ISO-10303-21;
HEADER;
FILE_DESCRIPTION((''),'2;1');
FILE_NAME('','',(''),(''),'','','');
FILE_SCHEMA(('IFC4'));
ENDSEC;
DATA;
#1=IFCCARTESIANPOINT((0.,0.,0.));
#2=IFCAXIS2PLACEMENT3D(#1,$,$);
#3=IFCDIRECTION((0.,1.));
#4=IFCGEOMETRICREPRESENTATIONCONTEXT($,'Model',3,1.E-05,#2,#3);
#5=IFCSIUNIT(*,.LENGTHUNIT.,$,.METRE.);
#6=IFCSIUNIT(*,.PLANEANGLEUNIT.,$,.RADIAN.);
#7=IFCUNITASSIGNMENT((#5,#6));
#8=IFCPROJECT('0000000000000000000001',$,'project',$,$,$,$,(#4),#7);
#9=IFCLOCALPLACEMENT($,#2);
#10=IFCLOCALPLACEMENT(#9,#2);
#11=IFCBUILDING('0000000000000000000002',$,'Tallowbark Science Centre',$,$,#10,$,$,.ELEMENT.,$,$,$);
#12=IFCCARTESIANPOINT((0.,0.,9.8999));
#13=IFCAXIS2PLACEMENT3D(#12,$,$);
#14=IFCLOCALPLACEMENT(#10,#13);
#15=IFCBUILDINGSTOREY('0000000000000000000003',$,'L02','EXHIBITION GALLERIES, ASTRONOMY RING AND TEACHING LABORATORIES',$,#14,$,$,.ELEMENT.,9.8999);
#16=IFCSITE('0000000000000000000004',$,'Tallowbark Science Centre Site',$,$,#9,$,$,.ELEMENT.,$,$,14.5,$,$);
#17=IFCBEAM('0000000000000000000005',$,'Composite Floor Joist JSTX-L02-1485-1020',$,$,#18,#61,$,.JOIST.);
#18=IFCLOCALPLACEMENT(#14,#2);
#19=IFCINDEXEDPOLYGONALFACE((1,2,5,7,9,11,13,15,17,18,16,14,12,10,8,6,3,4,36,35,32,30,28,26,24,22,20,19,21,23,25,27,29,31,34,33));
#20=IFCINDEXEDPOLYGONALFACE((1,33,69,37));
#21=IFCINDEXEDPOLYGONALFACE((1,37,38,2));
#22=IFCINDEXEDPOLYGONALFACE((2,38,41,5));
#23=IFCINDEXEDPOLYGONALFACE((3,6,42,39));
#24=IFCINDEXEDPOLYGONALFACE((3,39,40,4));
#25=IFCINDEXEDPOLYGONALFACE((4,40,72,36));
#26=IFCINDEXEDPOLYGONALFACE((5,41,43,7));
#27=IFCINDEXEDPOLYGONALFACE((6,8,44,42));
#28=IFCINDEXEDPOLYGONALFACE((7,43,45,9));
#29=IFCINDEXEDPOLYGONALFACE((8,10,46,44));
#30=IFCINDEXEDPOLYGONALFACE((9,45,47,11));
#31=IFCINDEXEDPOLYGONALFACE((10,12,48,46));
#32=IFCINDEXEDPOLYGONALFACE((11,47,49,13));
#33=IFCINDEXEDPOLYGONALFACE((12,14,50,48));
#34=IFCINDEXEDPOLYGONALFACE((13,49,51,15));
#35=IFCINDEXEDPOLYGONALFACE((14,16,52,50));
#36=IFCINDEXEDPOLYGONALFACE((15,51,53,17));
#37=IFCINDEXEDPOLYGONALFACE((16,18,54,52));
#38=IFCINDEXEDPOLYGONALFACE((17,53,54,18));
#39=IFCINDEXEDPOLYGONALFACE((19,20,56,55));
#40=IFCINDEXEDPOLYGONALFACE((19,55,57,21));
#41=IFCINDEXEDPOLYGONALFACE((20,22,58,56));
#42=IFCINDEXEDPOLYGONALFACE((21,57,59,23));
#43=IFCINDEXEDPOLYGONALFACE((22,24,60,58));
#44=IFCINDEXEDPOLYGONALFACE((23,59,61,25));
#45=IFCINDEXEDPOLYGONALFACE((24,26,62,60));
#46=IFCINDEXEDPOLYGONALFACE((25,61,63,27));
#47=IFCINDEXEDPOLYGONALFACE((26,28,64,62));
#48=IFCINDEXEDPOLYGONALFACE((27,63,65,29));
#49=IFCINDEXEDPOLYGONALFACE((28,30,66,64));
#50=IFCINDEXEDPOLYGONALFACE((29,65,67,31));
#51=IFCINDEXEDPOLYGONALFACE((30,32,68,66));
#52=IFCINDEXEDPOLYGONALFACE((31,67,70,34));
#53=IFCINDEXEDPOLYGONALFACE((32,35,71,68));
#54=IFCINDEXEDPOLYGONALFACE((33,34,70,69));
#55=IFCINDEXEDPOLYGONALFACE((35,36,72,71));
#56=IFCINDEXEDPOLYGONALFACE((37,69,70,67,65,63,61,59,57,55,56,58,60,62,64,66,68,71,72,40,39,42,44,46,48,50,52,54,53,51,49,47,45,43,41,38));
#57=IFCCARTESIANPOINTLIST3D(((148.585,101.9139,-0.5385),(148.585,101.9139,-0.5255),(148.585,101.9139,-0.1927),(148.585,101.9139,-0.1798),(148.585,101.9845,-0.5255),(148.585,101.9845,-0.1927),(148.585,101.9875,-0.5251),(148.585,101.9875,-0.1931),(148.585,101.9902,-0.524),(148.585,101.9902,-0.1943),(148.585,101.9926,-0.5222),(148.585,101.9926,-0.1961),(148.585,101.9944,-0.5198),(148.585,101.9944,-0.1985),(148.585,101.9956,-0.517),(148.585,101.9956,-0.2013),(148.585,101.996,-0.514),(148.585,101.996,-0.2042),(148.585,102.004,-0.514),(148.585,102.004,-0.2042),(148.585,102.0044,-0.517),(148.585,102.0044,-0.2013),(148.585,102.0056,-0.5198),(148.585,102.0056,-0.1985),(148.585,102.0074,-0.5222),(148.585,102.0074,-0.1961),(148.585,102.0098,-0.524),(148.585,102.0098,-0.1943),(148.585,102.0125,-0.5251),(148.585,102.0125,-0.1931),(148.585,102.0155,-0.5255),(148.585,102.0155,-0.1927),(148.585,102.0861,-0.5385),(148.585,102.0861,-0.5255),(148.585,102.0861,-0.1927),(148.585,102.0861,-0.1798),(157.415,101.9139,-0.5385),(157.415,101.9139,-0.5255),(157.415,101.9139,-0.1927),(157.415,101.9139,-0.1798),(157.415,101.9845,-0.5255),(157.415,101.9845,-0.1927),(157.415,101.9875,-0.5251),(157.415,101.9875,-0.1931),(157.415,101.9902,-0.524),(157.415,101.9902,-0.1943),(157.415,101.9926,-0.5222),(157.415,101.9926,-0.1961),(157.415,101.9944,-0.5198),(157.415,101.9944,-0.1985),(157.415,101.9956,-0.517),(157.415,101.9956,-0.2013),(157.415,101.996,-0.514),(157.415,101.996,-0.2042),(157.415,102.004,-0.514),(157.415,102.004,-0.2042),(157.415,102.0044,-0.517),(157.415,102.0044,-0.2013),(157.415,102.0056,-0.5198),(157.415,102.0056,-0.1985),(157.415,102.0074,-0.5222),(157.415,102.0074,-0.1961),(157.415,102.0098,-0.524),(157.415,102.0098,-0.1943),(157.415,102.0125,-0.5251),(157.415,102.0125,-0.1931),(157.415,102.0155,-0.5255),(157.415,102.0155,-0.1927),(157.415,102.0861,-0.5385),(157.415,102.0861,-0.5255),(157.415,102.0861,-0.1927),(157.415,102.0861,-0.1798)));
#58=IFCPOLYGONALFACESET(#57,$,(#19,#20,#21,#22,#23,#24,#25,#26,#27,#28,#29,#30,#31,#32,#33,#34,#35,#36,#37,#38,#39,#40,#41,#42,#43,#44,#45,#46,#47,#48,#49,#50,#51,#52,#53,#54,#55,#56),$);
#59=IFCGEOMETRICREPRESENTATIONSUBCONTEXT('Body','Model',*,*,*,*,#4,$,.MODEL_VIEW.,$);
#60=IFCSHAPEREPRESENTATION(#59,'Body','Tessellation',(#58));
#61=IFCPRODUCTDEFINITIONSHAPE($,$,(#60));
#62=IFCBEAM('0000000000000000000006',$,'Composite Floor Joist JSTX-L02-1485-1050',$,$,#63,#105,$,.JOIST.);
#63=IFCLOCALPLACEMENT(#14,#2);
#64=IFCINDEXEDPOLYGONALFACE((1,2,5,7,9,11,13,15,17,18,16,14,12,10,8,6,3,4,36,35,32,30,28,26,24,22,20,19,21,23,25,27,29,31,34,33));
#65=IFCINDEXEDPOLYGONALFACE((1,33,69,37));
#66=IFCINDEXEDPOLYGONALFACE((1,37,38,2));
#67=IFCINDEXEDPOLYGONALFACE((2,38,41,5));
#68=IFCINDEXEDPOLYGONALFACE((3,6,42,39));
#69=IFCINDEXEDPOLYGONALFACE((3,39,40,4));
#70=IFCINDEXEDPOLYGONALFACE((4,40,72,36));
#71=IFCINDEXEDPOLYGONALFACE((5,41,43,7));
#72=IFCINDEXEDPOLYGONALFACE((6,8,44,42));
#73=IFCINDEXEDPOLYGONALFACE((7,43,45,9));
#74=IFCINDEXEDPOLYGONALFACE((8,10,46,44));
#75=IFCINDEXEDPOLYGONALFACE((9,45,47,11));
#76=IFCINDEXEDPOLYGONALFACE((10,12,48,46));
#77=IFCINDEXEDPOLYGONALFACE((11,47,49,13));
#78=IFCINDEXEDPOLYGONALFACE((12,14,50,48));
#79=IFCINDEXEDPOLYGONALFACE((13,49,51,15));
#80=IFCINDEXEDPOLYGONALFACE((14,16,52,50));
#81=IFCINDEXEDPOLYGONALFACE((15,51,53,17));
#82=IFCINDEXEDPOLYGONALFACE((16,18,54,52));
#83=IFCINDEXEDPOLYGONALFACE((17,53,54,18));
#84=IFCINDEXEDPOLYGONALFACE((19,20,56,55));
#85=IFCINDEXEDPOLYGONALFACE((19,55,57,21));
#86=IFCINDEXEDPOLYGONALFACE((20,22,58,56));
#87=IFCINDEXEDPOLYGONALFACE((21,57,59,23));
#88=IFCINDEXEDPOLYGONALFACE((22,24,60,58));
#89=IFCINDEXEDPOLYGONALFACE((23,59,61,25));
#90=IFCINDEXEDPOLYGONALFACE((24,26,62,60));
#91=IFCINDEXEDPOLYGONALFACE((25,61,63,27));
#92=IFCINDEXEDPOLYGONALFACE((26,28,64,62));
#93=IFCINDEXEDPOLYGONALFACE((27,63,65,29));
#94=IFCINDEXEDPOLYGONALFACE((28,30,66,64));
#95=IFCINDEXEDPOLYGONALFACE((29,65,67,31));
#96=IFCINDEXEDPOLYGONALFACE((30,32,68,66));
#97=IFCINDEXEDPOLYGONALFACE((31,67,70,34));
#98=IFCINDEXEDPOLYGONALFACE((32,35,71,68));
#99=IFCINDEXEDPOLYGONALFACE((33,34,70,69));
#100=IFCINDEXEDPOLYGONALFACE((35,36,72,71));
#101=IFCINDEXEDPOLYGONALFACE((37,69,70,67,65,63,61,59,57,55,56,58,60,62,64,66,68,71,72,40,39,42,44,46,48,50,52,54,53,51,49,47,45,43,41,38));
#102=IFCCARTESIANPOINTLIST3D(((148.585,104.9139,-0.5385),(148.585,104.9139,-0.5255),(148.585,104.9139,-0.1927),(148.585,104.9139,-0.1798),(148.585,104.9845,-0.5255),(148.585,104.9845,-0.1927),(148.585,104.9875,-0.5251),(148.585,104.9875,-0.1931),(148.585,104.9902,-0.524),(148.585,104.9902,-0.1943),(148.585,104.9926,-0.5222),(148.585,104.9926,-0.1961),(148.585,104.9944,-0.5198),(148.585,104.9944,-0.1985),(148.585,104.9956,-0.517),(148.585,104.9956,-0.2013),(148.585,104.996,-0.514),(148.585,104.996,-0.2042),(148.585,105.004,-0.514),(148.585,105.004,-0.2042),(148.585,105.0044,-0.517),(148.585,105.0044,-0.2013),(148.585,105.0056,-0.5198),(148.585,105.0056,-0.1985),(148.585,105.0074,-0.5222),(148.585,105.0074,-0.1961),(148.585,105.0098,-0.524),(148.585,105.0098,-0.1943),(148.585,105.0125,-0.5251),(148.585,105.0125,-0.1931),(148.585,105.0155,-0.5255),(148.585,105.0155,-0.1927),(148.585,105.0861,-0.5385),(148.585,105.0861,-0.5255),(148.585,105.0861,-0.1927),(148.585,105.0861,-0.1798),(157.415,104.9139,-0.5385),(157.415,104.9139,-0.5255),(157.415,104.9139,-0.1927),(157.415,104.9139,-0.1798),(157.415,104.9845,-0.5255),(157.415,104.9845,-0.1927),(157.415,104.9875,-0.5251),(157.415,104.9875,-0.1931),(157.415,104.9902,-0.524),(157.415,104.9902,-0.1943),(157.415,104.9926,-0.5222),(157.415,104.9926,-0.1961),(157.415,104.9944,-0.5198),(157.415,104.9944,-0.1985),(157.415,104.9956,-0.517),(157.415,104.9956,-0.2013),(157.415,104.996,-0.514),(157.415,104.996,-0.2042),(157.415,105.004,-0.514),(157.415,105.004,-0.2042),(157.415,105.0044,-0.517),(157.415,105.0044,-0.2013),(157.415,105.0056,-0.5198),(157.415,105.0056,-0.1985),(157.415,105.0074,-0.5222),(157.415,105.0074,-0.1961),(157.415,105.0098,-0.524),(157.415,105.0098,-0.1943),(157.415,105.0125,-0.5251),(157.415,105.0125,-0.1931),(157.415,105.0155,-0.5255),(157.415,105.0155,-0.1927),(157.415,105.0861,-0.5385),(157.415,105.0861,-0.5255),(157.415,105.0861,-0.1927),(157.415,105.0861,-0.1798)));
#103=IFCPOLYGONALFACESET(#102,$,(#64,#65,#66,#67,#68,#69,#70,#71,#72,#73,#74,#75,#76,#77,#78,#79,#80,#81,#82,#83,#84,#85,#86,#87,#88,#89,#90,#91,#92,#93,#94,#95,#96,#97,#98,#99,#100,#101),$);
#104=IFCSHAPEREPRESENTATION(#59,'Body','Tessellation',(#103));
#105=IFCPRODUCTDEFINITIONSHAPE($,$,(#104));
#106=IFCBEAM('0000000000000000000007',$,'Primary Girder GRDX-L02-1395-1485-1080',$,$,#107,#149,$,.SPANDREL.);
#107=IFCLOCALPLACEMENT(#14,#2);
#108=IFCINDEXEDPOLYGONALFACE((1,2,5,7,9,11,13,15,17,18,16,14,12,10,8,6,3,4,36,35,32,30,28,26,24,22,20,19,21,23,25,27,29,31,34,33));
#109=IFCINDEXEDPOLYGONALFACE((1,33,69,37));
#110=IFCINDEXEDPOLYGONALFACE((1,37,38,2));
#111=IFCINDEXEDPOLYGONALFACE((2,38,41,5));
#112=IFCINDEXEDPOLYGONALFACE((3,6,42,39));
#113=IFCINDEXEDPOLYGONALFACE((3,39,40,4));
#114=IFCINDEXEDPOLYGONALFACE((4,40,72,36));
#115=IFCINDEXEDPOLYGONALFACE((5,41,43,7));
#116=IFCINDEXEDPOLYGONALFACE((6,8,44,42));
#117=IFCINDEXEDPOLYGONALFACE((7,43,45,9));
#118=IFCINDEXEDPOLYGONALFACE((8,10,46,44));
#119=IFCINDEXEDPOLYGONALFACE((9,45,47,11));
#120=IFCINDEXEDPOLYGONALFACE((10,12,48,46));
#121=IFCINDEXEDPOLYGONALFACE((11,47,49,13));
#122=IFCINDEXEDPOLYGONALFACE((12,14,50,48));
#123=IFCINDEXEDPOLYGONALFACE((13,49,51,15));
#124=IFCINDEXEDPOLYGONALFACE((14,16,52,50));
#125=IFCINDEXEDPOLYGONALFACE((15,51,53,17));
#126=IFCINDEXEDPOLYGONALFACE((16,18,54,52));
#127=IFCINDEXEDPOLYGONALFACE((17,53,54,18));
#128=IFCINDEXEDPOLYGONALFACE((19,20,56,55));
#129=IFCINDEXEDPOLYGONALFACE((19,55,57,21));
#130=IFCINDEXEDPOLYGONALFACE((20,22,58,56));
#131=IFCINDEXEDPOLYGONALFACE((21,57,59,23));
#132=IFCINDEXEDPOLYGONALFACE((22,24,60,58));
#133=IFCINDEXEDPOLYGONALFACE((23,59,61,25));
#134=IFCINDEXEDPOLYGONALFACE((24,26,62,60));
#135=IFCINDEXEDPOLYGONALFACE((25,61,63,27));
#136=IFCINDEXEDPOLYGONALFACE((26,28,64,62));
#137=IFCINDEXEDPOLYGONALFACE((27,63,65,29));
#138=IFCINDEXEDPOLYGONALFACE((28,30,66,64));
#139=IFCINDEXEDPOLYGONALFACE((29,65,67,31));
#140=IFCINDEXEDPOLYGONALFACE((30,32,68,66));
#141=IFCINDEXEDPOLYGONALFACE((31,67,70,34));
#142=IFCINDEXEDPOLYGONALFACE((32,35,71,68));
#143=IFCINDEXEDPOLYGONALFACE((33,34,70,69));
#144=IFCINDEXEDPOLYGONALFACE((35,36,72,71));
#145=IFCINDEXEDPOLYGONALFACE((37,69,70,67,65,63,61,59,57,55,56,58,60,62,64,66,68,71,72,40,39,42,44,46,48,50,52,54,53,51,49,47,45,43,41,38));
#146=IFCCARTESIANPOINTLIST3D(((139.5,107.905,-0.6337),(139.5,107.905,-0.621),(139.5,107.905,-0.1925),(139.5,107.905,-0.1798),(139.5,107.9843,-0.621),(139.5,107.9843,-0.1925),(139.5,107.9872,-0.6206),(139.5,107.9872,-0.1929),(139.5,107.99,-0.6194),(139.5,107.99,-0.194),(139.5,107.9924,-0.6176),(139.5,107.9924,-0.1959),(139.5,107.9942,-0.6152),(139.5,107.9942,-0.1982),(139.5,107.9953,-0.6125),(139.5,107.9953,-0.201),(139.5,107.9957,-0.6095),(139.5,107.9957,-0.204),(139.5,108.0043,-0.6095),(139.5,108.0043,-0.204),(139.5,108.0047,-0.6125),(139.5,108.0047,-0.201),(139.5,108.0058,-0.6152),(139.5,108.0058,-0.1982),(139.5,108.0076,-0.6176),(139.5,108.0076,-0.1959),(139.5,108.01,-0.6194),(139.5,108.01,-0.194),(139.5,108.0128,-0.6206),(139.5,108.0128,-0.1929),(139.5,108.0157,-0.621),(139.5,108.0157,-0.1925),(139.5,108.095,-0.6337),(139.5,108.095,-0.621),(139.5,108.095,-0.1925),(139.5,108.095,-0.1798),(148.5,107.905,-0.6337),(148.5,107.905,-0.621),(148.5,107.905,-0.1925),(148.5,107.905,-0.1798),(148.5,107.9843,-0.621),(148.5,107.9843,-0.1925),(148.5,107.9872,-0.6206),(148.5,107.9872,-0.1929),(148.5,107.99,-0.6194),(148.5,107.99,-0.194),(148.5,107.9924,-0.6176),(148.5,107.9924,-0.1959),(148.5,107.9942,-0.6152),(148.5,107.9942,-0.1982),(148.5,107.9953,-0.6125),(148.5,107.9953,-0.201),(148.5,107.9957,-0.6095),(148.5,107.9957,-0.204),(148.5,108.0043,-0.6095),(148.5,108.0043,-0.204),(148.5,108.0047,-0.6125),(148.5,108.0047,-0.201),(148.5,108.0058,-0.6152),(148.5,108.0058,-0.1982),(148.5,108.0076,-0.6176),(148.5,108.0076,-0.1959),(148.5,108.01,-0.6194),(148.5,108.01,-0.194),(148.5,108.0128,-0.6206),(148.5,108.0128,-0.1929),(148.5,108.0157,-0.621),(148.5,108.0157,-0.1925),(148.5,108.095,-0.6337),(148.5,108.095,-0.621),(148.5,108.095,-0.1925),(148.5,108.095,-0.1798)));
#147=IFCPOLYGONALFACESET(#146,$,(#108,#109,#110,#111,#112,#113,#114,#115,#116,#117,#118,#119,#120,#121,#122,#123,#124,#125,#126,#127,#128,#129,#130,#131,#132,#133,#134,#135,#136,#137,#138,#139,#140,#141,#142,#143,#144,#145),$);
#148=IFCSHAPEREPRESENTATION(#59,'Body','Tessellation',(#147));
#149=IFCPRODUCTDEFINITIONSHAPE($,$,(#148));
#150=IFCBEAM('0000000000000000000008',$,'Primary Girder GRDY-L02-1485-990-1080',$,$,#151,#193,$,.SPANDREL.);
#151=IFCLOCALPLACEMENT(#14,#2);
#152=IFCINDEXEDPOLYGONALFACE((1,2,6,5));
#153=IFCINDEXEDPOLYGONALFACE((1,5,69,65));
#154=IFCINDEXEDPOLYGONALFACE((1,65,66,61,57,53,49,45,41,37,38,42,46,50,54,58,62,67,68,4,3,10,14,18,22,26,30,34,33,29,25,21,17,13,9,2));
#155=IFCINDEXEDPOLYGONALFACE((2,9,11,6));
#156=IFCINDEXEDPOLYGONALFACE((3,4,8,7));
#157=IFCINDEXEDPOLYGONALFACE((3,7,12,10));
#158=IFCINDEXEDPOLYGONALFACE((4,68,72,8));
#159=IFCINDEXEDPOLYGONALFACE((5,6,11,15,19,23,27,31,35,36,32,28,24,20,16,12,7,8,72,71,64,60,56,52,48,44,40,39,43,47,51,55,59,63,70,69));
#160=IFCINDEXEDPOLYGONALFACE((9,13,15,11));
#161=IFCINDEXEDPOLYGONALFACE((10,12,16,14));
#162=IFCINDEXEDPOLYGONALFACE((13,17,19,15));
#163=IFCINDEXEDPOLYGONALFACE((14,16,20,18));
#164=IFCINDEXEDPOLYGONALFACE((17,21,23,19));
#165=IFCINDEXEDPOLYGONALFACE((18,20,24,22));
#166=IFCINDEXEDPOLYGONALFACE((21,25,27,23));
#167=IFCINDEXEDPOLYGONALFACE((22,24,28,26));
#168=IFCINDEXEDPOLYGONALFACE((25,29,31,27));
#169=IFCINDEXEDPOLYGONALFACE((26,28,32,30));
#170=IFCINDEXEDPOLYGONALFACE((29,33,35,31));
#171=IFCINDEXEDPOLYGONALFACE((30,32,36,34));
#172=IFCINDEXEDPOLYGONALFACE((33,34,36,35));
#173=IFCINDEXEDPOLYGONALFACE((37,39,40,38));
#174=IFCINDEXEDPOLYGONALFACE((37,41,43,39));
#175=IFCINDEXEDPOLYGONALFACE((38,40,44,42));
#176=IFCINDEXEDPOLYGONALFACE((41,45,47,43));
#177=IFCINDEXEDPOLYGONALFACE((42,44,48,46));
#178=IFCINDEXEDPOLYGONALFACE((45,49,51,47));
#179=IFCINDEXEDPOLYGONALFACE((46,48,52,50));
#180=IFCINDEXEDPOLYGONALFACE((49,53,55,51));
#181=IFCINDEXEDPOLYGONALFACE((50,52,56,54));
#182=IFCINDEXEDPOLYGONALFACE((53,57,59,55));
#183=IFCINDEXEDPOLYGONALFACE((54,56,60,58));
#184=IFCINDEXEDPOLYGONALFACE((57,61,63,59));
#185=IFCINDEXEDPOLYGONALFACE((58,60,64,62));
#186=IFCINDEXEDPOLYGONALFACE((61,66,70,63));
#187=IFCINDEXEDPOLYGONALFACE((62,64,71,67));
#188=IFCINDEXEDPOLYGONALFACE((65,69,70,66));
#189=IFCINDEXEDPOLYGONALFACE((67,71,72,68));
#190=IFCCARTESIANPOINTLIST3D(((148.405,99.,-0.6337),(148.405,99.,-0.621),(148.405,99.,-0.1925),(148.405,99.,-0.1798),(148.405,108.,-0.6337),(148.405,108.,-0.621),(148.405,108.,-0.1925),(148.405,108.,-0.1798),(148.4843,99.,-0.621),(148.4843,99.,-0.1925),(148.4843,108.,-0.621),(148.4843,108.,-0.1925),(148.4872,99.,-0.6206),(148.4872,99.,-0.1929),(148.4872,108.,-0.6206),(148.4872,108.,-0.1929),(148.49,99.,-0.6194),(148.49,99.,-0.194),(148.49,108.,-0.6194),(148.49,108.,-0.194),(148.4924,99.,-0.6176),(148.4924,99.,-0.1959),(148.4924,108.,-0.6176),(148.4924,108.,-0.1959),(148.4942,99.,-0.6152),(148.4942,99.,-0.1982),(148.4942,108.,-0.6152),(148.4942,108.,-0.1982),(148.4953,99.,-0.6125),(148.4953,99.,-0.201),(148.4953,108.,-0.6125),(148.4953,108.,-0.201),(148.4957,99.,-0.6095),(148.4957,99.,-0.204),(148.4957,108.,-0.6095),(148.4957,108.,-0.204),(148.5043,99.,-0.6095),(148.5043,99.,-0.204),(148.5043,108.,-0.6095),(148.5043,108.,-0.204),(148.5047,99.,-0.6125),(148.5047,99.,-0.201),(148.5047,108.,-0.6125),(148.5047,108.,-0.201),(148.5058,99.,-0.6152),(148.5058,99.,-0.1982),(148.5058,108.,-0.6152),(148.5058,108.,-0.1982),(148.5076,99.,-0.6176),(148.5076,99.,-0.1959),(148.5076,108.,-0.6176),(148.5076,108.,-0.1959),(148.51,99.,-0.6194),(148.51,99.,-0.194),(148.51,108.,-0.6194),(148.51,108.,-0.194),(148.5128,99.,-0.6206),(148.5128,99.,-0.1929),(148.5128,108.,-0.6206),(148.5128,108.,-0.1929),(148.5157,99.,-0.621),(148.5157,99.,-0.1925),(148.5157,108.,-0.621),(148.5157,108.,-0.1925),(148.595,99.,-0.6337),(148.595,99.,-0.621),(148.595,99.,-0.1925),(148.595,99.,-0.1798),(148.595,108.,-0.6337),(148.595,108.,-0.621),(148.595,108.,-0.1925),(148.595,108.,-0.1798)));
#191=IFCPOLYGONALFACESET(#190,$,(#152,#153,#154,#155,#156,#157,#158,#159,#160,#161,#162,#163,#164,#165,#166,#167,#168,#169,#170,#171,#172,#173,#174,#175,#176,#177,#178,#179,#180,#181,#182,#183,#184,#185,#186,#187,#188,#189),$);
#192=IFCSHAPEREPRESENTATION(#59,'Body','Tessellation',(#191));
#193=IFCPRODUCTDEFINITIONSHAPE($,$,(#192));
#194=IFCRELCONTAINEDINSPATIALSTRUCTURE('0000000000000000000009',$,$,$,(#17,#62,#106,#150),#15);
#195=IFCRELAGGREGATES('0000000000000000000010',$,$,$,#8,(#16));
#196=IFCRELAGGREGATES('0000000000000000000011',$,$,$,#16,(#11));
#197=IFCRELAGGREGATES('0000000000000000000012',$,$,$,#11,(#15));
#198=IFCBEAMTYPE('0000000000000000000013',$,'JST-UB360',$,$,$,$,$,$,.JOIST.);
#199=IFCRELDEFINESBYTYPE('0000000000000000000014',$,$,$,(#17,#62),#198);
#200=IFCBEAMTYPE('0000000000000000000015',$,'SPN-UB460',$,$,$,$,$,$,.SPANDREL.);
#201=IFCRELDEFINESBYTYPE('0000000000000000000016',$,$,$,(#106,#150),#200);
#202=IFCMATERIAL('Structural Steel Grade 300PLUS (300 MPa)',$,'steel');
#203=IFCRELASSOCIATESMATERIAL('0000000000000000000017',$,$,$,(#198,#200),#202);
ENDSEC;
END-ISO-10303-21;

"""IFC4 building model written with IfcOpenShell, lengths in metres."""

from ifc_helpers import new_model, si_unit, direction, frame, origin, origin_2d, place, context, subcontext, project, spatial, i_section, extrude, material, material_profile, profile_set, type_object, element, save


model = new_model("IFC4")

# Units and contexts
model_context = context("Model", 3, precision=1e-05, world=origin(), true_north=direction((0.0, 1.0)))
body_context = subcontext(model_context, "Body", "Model", "MODEL_VIEW")
ifc_project = project(units=[si_unit("LENGTHUNIT", "METRE"), si_unit("PLANEANGLEUNIT", "RADIAN")], contexts=[model_context])

# Site, building, storey
site_placement = place(None, origin())
site = spatial("IfcSite", under=ifc_project, at=site_placement, Name="Tallowbark Science Centre Site", CompositionType="ELEMENT", RefElevation=14.5)
building_placement = place(site_placement, origin())
building = spatial("IfcBuilding", under=site, at=building_placement, Name="Tallowbark Science Centre", CompositionType="ELEMENT")
storey_placement = place(building_placement, frame((0.0, 0.0, 9.8999)))
storey = spatial("IfcBuildingStorey", under=building, at=storey_placement, Name="L02", Description="EXHIBITION GALLERIES, ASTRONOMY RING AND TEACHING LABORATORIES", CompositionType="ELEMENT", Elevation=9.8999)

# Shared definitions
ifc_material_1 = material(Name="Structural Steel Grade 300PLUS (300 MPa)", Category="steel")

# Beams
ifc_material_profile_1 = material_profile(ifc_material_1, i_section(OverallWidth=0.1721, OverallDepth=0.3586, WebThickness=0.0081, FlangeThickness=0.0129, FilletRadius=0.0115, at=origin_2d()), Name="360UB56.7")
ifc_profile_set_1 = profile_set([ifc_material_profile_1], Name="Structural Steel Grade 300PLUS (300 MPa)")
beam_type_1 = type_object("IfcBeamType", Name="JST-UB360", PredefinedType="JOIST", material=ifc_profile_set_1)
for number, where, z_axis, x_axis, name in (
    (1, (148.585, 102.0, -0.3591), (1.0, 0.0, 0.0), (0.0, 1.0, 0.0), "Composite Floor Joist JSTX-L02-1485-1020"),
    (2, (148.585, 105.0, -0.3591), (1.0, 0.0, 0.0), (0.0, 1.0, 0.0), "Composite Floor Joist JSTX-L02-1485-1050"),
):
    element("IfcBeam", number, at=place(storey_placement, frame(where, z_axis=z_axis, x_axis=x_axis)), inside=storey, type_object=beam_type_1, Name=name, PredefinedType="JOIST", context=body_context, shape_type="SweptSolid", body=[
        extrude(i_section(OverallWidth=0.1721, OverallDepth=0.3586, WebThickness=0.0081, FlangeThickness=0.0129, FilletRadius=0.0115, at=origin_2d()), origin(), (0.0, 0.0, 1.0), 8.8301),
    ])
ifc_material_profile_2 = material_profile(ifc_material_1, i_section(OverallWidth=0.1899, OverallDepth=0.4539, WebThickness=0.0085, FlangeThickness=0.0127, FilletRadius=0.0115, at=origin_2d()), Name="460UB67.1")
ifc_profile_set_2 = profile_set([ifc_material_profile_2], Name="Structural Steel Grade 300PLUS (300 MPa)")
beam_type_2 = type_object("IfcBeamType", Name="SPN-UB460", PredefinedType="SPANDREL", material=ifc_profile_set_2)
for number, where, z_axis, x_axis, name in (
    (3, (139.5, 108.0, -0.4067), (1.0, 0.0, 0.0), (0.0, 1.0, 0.0), "Primary Girder GRDX-L02-1395-1485-1080"),
    (4, (148.5, 99.0, -0.4067), (0.0, 1.0, 0.0), (-1.0, 0.0, 0.0), "Primary Girder GRDY-L02-1485-990-1080"),
):
    element("IfcBeam", number, at=place(storey_placement, frame(where, z_axis=z_axis, x_axis=x_axis)), inside=storey, type_object=beam_type_2, Name=name, PredefinedType="SPANDREL", context=body_context, shape_type="SweptSolid", body=[
        extrude(i_section(OverallWidth=0.1899, OverallDepth=0.4539, WebThickness=0.0085, FlangeThickness=0.0127, FilletRadius=0.0115, at=origin_2d()), origin(), (0.0, 0.0, 1.0), 9.0),
    ])

save(model, "model.ifc")
